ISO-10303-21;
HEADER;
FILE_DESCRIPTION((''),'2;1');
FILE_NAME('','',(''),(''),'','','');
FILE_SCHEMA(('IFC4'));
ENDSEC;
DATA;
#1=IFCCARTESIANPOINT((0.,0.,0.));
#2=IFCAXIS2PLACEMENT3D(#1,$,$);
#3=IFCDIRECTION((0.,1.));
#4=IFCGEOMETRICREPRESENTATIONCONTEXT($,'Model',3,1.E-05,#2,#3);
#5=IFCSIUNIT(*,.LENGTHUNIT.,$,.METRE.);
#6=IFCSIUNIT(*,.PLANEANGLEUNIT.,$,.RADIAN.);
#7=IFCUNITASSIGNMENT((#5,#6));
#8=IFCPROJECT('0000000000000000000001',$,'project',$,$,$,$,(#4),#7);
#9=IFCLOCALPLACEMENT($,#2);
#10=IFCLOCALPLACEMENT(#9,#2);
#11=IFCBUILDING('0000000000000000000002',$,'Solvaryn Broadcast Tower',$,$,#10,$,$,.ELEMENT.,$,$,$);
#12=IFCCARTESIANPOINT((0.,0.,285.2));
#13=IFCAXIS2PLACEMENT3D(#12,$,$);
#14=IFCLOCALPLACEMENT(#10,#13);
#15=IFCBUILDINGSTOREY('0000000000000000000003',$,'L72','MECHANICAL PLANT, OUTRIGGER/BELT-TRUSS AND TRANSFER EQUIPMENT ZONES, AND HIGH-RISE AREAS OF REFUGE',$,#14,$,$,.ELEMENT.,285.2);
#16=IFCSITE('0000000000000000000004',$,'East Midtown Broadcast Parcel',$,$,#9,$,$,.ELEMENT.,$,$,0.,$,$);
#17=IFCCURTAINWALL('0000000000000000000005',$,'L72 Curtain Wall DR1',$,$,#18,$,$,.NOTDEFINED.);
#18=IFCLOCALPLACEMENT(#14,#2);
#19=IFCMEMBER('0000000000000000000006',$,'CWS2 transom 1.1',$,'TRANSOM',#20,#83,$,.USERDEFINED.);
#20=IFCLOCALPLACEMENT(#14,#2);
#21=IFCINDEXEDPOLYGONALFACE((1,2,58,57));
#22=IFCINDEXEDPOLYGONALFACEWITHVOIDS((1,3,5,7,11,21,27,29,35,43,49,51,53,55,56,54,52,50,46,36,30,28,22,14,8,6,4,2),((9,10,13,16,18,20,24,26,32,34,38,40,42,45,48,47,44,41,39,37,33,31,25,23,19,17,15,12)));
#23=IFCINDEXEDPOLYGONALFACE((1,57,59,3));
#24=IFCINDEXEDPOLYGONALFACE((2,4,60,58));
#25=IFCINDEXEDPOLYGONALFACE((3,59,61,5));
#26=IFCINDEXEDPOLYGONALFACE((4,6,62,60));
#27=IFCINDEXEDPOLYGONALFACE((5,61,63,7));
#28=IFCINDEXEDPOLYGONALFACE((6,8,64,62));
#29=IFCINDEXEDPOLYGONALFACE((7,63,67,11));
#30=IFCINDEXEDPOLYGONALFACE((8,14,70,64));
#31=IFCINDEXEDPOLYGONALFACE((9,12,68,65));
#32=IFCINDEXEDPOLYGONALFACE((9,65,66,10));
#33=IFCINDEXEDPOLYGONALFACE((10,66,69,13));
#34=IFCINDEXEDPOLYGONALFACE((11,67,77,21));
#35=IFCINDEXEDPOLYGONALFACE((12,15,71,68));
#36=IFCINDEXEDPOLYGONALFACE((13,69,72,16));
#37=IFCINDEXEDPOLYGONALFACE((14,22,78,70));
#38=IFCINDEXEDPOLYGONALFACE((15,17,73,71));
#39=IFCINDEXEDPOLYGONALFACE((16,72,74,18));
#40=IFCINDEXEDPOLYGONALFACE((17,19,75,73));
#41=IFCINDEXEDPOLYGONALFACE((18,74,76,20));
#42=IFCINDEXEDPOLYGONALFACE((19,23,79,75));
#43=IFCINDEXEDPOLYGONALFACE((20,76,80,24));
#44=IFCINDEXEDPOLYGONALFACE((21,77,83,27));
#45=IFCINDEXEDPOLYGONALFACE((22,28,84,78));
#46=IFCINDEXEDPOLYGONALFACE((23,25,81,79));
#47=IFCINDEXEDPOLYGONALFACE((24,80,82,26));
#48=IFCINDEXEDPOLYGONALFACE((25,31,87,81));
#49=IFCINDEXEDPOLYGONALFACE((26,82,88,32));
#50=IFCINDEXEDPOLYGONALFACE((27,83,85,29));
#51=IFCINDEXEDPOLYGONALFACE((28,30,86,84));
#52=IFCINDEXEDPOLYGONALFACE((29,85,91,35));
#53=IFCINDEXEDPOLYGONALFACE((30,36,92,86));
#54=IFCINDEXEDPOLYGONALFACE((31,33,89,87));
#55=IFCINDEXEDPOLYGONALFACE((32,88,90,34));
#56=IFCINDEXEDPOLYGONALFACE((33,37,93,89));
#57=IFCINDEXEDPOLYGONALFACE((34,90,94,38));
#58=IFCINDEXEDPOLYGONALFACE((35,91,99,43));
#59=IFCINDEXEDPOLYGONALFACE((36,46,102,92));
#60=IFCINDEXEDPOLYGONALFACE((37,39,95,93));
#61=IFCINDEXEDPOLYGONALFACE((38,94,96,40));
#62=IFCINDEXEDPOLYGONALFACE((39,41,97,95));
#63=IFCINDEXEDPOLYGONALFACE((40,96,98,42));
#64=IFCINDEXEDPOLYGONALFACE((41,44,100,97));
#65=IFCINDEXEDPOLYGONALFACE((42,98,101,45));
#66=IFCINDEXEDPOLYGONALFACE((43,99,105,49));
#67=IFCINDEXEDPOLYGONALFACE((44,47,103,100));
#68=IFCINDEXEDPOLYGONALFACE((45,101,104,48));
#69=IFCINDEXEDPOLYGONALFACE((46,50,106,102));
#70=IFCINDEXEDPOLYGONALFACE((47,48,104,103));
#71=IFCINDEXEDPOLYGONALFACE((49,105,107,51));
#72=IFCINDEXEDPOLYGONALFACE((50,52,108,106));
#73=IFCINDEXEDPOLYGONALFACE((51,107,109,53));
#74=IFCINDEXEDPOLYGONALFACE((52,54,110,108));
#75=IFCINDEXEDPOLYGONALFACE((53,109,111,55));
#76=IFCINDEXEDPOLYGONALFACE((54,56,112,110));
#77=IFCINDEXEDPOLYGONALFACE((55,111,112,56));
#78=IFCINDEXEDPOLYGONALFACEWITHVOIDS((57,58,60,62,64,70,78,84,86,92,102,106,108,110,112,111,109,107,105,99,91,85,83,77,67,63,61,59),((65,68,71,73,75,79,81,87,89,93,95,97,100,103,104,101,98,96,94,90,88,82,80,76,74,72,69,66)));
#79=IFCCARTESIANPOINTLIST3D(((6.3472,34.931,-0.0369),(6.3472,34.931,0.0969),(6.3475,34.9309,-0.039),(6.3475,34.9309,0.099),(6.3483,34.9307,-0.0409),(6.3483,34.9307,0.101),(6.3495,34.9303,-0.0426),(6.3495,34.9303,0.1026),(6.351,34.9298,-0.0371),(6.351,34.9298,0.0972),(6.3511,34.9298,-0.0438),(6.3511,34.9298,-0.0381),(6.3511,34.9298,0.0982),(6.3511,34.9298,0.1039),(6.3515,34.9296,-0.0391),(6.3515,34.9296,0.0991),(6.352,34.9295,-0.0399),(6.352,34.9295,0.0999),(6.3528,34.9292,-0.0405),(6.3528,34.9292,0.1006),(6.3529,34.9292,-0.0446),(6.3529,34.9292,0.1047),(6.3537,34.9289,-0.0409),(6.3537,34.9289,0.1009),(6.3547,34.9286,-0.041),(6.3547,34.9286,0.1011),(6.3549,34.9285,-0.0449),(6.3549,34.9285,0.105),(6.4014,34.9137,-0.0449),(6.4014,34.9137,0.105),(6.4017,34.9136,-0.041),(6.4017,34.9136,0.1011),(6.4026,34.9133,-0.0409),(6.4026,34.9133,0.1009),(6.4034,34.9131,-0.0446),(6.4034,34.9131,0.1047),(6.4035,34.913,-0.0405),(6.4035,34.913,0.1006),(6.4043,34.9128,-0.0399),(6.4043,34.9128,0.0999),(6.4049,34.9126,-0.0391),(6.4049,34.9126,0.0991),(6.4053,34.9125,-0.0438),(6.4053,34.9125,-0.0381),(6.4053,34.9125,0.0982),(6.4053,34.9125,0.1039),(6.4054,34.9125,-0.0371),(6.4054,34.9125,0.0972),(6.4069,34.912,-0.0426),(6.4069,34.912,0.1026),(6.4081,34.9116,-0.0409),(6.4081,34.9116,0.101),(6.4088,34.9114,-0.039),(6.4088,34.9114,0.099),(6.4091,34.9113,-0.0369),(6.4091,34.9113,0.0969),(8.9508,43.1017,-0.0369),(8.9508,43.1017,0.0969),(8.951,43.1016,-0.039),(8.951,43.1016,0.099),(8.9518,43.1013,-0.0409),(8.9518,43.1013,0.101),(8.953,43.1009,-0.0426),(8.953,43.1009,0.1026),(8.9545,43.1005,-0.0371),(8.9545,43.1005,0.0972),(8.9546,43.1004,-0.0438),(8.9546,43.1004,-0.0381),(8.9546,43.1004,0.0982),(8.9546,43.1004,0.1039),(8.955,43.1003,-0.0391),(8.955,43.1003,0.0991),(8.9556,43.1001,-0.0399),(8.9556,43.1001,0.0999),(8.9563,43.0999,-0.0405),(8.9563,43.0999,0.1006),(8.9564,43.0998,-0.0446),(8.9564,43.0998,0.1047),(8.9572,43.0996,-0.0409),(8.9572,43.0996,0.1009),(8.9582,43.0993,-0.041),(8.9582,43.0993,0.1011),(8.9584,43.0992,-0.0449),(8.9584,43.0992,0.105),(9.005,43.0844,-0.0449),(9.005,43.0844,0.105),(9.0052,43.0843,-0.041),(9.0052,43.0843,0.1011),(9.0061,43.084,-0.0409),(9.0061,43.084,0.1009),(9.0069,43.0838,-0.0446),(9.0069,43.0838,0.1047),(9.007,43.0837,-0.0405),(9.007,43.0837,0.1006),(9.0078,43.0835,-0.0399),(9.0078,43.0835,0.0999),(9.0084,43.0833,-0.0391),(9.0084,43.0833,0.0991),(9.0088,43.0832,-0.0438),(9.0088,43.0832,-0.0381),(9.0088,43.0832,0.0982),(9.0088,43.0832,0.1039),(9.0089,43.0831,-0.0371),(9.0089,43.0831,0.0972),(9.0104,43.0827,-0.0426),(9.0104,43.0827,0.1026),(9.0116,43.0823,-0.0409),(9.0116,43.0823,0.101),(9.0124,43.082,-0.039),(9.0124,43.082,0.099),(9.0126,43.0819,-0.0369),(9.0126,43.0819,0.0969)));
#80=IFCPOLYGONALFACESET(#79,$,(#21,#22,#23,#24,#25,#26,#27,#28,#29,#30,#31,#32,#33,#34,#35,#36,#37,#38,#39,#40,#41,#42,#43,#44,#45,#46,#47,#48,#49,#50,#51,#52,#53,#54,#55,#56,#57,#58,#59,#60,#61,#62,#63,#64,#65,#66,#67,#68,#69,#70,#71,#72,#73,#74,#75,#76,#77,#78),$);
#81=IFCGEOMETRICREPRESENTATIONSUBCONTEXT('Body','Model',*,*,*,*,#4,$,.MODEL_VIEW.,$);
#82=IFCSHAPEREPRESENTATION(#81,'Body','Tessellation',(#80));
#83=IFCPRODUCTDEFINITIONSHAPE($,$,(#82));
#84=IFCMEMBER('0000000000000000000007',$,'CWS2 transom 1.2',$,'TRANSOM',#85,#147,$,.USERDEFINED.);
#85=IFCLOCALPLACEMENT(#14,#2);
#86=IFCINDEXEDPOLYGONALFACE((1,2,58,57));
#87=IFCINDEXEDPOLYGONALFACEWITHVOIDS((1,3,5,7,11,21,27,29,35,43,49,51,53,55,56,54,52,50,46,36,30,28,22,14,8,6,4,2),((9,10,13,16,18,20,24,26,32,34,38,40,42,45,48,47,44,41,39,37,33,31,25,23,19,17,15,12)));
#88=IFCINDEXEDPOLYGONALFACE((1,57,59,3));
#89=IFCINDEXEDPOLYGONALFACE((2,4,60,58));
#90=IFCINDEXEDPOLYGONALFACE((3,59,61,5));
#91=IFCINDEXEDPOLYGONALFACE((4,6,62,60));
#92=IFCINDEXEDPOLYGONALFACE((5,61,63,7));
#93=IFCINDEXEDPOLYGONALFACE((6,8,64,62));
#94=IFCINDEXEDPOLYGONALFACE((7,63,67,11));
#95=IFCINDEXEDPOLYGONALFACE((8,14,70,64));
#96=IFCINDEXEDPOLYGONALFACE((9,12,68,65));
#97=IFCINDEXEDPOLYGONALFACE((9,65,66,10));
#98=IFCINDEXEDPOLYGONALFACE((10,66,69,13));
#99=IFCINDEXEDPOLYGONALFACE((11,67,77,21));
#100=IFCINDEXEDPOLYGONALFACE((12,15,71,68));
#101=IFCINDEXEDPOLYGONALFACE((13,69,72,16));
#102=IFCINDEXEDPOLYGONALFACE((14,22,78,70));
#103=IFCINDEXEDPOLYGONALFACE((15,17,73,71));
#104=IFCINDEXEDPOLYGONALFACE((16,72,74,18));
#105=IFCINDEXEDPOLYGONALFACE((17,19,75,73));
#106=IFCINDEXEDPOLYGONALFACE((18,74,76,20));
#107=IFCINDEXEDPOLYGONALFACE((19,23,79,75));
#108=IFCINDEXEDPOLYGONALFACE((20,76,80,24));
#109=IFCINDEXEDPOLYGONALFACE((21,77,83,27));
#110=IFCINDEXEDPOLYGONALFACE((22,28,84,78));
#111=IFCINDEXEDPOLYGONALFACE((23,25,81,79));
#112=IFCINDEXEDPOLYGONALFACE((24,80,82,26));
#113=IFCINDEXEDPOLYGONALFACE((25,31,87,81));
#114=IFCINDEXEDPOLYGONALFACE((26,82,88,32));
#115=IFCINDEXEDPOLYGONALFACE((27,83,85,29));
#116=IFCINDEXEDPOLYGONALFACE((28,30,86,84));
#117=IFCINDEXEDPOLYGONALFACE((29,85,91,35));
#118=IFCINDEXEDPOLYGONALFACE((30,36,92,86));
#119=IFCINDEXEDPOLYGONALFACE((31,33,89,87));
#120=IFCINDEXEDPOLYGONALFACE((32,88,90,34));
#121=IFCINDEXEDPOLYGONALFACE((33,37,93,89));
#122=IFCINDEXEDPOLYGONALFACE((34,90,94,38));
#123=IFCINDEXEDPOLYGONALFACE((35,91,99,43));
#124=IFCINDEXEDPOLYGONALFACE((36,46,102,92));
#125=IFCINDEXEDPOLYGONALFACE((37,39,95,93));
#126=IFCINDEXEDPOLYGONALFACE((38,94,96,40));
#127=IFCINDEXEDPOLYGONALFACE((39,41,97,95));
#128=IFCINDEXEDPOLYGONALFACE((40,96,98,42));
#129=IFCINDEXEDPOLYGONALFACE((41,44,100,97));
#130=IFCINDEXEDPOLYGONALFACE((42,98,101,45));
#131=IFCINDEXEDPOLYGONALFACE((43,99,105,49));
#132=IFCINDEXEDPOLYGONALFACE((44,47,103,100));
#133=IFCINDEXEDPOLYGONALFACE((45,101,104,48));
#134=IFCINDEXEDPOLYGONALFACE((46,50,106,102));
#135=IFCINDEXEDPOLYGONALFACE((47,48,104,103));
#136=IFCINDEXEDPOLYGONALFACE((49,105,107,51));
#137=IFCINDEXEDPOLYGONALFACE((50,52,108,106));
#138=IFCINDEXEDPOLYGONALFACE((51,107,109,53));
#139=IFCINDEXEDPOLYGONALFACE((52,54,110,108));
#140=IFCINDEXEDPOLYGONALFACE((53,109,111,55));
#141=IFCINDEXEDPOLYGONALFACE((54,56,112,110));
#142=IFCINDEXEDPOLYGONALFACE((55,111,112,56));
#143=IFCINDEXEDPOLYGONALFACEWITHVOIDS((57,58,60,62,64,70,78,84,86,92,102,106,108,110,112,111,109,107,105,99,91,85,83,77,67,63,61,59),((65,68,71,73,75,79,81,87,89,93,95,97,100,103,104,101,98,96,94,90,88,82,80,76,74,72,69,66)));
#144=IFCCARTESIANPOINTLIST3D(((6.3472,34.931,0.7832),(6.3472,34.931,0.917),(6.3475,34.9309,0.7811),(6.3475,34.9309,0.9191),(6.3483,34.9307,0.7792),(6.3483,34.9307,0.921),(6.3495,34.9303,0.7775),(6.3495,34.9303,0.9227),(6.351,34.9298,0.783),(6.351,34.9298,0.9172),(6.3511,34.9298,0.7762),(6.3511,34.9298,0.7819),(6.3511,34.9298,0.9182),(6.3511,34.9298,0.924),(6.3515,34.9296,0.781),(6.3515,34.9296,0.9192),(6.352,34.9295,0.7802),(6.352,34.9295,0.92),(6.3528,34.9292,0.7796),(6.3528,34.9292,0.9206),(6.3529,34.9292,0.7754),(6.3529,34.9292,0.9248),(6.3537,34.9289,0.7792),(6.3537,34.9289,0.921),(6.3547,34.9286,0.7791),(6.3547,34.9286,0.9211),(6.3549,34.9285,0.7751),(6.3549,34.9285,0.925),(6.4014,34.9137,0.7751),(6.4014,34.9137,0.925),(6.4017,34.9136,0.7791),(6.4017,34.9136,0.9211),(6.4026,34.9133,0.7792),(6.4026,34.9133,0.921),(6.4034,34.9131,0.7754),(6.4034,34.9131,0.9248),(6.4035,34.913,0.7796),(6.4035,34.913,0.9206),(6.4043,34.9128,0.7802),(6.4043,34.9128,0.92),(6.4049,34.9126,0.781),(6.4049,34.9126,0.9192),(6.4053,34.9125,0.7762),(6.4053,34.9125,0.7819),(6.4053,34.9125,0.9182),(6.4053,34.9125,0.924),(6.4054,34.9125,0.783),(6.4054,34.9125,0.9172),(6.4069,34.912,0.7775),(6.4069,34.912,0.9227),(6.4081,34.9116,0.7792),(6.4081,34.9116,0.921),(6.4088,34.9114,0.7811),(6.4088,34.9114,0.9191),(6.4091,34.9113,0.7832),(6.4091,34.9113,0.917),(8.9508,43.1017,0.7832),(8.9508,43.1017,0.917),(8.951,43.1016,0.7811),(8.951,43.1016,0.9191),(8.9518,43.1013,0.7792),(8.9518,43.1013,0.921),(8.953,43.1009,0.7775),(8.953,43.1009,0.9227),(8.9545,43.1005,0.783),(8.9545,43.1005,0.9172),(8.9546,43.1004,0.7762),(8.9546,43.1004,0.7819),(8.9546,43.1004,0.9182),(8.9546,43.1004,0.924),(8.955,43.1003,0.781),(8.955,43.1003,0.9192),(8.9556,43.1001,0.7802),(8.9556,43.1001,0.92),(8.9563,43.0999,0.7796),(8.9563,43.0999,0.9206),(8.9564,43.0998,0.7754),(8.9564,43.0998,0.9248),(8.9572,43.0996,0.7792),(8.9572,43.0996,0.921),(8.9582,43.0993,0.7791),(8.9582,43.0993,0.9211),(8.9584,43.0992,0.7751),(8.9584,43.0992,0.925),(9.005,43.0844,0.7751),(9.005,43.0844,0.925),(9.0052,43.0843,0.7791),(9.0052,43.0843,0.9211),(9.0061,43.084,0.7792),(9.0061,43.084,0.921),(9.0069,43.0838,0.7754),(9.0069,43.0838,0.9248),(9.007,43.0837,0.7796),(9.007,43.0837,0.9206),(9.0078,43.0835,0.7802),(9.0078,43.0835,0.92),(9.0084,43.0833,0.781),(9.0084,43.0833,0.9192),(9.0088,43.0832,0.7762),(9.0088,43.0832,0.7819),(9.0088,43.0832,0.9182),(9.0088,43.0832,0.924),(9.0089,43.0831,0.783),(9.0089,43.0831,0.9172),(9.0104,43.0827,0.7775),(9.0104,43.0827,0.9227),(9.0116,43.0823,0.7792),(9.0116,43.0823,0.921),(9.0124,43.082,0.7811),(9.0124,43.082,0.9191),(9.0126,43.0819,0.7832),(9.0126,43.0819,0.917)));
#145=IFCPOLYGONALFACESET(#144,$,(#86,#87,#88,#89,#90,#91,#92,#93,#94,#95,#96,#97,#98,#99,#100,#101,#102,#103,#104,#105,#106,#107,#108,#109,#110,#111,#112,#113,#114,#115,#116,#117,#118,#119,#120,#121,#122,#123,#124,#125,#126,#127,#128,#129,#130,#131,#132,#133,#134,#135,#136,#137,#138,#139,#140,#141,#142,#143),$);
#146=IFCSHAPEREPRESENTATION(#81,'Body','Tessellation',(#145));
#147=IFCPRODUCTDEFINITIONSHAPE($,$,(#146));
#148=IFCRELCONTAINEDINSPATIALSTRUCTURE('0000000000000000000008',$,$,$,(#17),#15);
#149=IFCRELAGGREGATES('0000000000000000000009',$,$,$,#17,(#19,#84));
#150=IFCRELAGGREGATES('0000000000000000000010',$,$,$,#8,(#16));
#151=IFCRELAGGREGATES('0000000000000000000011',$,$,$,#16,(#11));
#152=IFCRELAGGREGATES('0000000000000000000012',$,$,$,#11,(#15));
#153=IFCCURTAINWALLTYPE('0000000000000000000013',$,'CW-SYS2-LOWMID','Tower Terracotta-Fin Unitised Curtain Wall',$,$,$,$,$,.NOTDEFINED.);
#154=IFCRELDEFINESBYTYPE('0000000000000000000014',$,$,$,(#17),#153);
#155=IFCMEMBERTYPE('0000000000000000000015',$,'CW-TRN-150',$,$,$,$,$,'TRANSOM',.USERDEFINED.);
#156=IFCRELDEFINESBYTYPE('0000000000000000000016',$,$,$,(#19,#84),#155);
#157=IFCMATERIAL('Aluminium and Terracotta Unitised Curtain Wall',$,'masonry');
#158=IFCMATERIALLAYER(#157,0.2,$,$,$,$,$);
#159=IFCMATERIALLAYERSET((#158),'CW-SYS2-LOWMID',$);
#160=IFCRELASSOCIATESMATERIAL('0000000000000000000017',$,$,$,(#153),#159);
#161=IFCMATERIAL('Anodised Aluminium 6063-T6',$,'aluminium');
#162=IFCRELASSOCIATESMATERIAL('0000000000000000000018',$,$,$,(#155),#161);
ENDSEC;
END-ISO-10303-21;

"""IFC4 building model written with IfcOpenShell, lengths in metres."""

from ifc_helpers import new_model, si_unit, direction, frame, origin, origin_2d, place, context, subcontext, project, spatial, hollow_rectangle, extrude, material, layer, layer_set, material_profile, profile_set, type_object, element, aggregate, save


model = new_model("IFC4")

# Units and contexts
model_context = context("Model", 3, precision=1e-05, world=origin(), true_north=direction((0.0, 1.0)))
body_context = subcontext(model_context, "Body", "Model", "MODEL_VIEW")
ifc_project = project(units=[si_unit("LENGTHUNIT", "METRE"), si_unit("PLANEANGLEUNIT", "RADIAN")], contexts=[model_context])

# Site, building, storey
site_placement = place(None, origin())
site = spatial("IfcSite", under=ifc_project, at=site_placement, Name="East Midtown Broadcast Parcel", CompositionType="ELEMENT", RefElevation=0.0)
building_placement = place(site_placement, origin())
building = spatial("IfcBuilding", under=site, at=building_placement, Name="Solvaryn Broadcast Tower", CompositionType="ELEMENT")
storey_placement = place(building_placement, frame((0.0, 0.0, 285.2)))
storey = spatial("IfcBuildingStorey", under=building, at=storey_placement, Name="L72", Description="MECHANICAL PLANT, OUTRIGGER/BELT-TRUSS AND TRANSFER EQUIPMENT ZONES, AND HIGH-RISE AREAS OF REFUGE", CompositionType="ELEMENT", Elevation=285.2)

# Curtain wall
ifc_material_1 = material(Name="Aluminium and Terracotta Unitised Curtain Wall", Category="masonry")
ifc_layer_1 = layer(ifc_material_1, 0.2)
ifc_layer_set_1 = layer_set([ifc_layer_1], Name="CW-SYS2-LOWMID")
curtain_wall_type = type_object("IfcCurtainWallType", Name="CW-SYS2-LOWMID", Description="Tower Terracotta-Fin Unitised Curtain Wall", PredefinedType="NOTDEFINED", material=ifc_layer_set_1)
curtain_wall_1_placement = place(storey_placement, origin())
curtain_wall_1 = element("IfcCurtainWall", 1, at=curtain_wall_1_placement, inside=storey, type_object=curtain_wall_type, Name="L72 Curtain Wall DR1", PredefinedType="NOTDEFINED")

# Members
ifc_material_2 = material(Name="Anodised Aluminium 6063-T6", Category="aluminium")
ifc_material_profile_1 = material_profile(ifc_material_2, hollow_rectangle(XDim=0.0649, YDim=0.1499, WallThickness=0.0039, InnerFilletRadius=0.0039, OuterFilletRadius=0.0081, at=origin_2d()))
ifc_profile_set_1 = profile_set([ifc_material_profile_1], Name="Anodised Aluminium 6063-T6")
member_type_1 = type_object("IfcMemberType", Name="CW-TRN-150", ElementType="TRANSOM", PredefinedType="USERDEFINED", material=ifc_profile_set_1)
member_1_placement = place(storey_placement, frame((8.9817, 43.0918, 0.03), z_axis=(-0.303602, -0.952799, 0.0), x_axis=(0.952799, -0.303602, 0.0)))
member_1 = element("IfcMember", 2, at=member_1_placement, type_object=member_type_1, Name="CWS2 transom 1.1", ObjectType="TRANSOM", PredefinedType="USERDEFINED", context=body_context, shape_type="SweptSolid", body=[
    extrude(hollow_rectangle(XDim=0.0649, YDim=0.1499, WallThickness=0.0039, InnerFilletRadius=0.0039, OuterFilletRadius=0.0081, at=origin_2d()), origin(), (0.0, 0.0, 1.0), 8.5754),
])
member_2_placement = place(storey_placement, frame((8.9817, 43.0918, 0.8501), z_axis=(-0.303602, -0.952799, 0.0), x_axis=(0.952799, -0.303602, 0.0)))
member_2 = element("IfcMember", 3, at=member_2_placement, type_object=member_type_1, Name="CWS2 transom 1.2", ObjectType="TRANSOM", PredefinedType="USERDEFINED", context=body_context, shape_type="SweptSolid", body=[
    extrude(hollow_rectangle(XDim=0.0649, YDim=0.1499, WallThickness=0.0039, InnerFilletRadius=0.0039, OuterFilletRadius=0.0081, at=origin_2d()), origin(), (0.0, 0.0, 1.0), 8.5754),
])

aggregate(curtain_wall_1, [member_1, member_2])

save(model, "model.ifc")
